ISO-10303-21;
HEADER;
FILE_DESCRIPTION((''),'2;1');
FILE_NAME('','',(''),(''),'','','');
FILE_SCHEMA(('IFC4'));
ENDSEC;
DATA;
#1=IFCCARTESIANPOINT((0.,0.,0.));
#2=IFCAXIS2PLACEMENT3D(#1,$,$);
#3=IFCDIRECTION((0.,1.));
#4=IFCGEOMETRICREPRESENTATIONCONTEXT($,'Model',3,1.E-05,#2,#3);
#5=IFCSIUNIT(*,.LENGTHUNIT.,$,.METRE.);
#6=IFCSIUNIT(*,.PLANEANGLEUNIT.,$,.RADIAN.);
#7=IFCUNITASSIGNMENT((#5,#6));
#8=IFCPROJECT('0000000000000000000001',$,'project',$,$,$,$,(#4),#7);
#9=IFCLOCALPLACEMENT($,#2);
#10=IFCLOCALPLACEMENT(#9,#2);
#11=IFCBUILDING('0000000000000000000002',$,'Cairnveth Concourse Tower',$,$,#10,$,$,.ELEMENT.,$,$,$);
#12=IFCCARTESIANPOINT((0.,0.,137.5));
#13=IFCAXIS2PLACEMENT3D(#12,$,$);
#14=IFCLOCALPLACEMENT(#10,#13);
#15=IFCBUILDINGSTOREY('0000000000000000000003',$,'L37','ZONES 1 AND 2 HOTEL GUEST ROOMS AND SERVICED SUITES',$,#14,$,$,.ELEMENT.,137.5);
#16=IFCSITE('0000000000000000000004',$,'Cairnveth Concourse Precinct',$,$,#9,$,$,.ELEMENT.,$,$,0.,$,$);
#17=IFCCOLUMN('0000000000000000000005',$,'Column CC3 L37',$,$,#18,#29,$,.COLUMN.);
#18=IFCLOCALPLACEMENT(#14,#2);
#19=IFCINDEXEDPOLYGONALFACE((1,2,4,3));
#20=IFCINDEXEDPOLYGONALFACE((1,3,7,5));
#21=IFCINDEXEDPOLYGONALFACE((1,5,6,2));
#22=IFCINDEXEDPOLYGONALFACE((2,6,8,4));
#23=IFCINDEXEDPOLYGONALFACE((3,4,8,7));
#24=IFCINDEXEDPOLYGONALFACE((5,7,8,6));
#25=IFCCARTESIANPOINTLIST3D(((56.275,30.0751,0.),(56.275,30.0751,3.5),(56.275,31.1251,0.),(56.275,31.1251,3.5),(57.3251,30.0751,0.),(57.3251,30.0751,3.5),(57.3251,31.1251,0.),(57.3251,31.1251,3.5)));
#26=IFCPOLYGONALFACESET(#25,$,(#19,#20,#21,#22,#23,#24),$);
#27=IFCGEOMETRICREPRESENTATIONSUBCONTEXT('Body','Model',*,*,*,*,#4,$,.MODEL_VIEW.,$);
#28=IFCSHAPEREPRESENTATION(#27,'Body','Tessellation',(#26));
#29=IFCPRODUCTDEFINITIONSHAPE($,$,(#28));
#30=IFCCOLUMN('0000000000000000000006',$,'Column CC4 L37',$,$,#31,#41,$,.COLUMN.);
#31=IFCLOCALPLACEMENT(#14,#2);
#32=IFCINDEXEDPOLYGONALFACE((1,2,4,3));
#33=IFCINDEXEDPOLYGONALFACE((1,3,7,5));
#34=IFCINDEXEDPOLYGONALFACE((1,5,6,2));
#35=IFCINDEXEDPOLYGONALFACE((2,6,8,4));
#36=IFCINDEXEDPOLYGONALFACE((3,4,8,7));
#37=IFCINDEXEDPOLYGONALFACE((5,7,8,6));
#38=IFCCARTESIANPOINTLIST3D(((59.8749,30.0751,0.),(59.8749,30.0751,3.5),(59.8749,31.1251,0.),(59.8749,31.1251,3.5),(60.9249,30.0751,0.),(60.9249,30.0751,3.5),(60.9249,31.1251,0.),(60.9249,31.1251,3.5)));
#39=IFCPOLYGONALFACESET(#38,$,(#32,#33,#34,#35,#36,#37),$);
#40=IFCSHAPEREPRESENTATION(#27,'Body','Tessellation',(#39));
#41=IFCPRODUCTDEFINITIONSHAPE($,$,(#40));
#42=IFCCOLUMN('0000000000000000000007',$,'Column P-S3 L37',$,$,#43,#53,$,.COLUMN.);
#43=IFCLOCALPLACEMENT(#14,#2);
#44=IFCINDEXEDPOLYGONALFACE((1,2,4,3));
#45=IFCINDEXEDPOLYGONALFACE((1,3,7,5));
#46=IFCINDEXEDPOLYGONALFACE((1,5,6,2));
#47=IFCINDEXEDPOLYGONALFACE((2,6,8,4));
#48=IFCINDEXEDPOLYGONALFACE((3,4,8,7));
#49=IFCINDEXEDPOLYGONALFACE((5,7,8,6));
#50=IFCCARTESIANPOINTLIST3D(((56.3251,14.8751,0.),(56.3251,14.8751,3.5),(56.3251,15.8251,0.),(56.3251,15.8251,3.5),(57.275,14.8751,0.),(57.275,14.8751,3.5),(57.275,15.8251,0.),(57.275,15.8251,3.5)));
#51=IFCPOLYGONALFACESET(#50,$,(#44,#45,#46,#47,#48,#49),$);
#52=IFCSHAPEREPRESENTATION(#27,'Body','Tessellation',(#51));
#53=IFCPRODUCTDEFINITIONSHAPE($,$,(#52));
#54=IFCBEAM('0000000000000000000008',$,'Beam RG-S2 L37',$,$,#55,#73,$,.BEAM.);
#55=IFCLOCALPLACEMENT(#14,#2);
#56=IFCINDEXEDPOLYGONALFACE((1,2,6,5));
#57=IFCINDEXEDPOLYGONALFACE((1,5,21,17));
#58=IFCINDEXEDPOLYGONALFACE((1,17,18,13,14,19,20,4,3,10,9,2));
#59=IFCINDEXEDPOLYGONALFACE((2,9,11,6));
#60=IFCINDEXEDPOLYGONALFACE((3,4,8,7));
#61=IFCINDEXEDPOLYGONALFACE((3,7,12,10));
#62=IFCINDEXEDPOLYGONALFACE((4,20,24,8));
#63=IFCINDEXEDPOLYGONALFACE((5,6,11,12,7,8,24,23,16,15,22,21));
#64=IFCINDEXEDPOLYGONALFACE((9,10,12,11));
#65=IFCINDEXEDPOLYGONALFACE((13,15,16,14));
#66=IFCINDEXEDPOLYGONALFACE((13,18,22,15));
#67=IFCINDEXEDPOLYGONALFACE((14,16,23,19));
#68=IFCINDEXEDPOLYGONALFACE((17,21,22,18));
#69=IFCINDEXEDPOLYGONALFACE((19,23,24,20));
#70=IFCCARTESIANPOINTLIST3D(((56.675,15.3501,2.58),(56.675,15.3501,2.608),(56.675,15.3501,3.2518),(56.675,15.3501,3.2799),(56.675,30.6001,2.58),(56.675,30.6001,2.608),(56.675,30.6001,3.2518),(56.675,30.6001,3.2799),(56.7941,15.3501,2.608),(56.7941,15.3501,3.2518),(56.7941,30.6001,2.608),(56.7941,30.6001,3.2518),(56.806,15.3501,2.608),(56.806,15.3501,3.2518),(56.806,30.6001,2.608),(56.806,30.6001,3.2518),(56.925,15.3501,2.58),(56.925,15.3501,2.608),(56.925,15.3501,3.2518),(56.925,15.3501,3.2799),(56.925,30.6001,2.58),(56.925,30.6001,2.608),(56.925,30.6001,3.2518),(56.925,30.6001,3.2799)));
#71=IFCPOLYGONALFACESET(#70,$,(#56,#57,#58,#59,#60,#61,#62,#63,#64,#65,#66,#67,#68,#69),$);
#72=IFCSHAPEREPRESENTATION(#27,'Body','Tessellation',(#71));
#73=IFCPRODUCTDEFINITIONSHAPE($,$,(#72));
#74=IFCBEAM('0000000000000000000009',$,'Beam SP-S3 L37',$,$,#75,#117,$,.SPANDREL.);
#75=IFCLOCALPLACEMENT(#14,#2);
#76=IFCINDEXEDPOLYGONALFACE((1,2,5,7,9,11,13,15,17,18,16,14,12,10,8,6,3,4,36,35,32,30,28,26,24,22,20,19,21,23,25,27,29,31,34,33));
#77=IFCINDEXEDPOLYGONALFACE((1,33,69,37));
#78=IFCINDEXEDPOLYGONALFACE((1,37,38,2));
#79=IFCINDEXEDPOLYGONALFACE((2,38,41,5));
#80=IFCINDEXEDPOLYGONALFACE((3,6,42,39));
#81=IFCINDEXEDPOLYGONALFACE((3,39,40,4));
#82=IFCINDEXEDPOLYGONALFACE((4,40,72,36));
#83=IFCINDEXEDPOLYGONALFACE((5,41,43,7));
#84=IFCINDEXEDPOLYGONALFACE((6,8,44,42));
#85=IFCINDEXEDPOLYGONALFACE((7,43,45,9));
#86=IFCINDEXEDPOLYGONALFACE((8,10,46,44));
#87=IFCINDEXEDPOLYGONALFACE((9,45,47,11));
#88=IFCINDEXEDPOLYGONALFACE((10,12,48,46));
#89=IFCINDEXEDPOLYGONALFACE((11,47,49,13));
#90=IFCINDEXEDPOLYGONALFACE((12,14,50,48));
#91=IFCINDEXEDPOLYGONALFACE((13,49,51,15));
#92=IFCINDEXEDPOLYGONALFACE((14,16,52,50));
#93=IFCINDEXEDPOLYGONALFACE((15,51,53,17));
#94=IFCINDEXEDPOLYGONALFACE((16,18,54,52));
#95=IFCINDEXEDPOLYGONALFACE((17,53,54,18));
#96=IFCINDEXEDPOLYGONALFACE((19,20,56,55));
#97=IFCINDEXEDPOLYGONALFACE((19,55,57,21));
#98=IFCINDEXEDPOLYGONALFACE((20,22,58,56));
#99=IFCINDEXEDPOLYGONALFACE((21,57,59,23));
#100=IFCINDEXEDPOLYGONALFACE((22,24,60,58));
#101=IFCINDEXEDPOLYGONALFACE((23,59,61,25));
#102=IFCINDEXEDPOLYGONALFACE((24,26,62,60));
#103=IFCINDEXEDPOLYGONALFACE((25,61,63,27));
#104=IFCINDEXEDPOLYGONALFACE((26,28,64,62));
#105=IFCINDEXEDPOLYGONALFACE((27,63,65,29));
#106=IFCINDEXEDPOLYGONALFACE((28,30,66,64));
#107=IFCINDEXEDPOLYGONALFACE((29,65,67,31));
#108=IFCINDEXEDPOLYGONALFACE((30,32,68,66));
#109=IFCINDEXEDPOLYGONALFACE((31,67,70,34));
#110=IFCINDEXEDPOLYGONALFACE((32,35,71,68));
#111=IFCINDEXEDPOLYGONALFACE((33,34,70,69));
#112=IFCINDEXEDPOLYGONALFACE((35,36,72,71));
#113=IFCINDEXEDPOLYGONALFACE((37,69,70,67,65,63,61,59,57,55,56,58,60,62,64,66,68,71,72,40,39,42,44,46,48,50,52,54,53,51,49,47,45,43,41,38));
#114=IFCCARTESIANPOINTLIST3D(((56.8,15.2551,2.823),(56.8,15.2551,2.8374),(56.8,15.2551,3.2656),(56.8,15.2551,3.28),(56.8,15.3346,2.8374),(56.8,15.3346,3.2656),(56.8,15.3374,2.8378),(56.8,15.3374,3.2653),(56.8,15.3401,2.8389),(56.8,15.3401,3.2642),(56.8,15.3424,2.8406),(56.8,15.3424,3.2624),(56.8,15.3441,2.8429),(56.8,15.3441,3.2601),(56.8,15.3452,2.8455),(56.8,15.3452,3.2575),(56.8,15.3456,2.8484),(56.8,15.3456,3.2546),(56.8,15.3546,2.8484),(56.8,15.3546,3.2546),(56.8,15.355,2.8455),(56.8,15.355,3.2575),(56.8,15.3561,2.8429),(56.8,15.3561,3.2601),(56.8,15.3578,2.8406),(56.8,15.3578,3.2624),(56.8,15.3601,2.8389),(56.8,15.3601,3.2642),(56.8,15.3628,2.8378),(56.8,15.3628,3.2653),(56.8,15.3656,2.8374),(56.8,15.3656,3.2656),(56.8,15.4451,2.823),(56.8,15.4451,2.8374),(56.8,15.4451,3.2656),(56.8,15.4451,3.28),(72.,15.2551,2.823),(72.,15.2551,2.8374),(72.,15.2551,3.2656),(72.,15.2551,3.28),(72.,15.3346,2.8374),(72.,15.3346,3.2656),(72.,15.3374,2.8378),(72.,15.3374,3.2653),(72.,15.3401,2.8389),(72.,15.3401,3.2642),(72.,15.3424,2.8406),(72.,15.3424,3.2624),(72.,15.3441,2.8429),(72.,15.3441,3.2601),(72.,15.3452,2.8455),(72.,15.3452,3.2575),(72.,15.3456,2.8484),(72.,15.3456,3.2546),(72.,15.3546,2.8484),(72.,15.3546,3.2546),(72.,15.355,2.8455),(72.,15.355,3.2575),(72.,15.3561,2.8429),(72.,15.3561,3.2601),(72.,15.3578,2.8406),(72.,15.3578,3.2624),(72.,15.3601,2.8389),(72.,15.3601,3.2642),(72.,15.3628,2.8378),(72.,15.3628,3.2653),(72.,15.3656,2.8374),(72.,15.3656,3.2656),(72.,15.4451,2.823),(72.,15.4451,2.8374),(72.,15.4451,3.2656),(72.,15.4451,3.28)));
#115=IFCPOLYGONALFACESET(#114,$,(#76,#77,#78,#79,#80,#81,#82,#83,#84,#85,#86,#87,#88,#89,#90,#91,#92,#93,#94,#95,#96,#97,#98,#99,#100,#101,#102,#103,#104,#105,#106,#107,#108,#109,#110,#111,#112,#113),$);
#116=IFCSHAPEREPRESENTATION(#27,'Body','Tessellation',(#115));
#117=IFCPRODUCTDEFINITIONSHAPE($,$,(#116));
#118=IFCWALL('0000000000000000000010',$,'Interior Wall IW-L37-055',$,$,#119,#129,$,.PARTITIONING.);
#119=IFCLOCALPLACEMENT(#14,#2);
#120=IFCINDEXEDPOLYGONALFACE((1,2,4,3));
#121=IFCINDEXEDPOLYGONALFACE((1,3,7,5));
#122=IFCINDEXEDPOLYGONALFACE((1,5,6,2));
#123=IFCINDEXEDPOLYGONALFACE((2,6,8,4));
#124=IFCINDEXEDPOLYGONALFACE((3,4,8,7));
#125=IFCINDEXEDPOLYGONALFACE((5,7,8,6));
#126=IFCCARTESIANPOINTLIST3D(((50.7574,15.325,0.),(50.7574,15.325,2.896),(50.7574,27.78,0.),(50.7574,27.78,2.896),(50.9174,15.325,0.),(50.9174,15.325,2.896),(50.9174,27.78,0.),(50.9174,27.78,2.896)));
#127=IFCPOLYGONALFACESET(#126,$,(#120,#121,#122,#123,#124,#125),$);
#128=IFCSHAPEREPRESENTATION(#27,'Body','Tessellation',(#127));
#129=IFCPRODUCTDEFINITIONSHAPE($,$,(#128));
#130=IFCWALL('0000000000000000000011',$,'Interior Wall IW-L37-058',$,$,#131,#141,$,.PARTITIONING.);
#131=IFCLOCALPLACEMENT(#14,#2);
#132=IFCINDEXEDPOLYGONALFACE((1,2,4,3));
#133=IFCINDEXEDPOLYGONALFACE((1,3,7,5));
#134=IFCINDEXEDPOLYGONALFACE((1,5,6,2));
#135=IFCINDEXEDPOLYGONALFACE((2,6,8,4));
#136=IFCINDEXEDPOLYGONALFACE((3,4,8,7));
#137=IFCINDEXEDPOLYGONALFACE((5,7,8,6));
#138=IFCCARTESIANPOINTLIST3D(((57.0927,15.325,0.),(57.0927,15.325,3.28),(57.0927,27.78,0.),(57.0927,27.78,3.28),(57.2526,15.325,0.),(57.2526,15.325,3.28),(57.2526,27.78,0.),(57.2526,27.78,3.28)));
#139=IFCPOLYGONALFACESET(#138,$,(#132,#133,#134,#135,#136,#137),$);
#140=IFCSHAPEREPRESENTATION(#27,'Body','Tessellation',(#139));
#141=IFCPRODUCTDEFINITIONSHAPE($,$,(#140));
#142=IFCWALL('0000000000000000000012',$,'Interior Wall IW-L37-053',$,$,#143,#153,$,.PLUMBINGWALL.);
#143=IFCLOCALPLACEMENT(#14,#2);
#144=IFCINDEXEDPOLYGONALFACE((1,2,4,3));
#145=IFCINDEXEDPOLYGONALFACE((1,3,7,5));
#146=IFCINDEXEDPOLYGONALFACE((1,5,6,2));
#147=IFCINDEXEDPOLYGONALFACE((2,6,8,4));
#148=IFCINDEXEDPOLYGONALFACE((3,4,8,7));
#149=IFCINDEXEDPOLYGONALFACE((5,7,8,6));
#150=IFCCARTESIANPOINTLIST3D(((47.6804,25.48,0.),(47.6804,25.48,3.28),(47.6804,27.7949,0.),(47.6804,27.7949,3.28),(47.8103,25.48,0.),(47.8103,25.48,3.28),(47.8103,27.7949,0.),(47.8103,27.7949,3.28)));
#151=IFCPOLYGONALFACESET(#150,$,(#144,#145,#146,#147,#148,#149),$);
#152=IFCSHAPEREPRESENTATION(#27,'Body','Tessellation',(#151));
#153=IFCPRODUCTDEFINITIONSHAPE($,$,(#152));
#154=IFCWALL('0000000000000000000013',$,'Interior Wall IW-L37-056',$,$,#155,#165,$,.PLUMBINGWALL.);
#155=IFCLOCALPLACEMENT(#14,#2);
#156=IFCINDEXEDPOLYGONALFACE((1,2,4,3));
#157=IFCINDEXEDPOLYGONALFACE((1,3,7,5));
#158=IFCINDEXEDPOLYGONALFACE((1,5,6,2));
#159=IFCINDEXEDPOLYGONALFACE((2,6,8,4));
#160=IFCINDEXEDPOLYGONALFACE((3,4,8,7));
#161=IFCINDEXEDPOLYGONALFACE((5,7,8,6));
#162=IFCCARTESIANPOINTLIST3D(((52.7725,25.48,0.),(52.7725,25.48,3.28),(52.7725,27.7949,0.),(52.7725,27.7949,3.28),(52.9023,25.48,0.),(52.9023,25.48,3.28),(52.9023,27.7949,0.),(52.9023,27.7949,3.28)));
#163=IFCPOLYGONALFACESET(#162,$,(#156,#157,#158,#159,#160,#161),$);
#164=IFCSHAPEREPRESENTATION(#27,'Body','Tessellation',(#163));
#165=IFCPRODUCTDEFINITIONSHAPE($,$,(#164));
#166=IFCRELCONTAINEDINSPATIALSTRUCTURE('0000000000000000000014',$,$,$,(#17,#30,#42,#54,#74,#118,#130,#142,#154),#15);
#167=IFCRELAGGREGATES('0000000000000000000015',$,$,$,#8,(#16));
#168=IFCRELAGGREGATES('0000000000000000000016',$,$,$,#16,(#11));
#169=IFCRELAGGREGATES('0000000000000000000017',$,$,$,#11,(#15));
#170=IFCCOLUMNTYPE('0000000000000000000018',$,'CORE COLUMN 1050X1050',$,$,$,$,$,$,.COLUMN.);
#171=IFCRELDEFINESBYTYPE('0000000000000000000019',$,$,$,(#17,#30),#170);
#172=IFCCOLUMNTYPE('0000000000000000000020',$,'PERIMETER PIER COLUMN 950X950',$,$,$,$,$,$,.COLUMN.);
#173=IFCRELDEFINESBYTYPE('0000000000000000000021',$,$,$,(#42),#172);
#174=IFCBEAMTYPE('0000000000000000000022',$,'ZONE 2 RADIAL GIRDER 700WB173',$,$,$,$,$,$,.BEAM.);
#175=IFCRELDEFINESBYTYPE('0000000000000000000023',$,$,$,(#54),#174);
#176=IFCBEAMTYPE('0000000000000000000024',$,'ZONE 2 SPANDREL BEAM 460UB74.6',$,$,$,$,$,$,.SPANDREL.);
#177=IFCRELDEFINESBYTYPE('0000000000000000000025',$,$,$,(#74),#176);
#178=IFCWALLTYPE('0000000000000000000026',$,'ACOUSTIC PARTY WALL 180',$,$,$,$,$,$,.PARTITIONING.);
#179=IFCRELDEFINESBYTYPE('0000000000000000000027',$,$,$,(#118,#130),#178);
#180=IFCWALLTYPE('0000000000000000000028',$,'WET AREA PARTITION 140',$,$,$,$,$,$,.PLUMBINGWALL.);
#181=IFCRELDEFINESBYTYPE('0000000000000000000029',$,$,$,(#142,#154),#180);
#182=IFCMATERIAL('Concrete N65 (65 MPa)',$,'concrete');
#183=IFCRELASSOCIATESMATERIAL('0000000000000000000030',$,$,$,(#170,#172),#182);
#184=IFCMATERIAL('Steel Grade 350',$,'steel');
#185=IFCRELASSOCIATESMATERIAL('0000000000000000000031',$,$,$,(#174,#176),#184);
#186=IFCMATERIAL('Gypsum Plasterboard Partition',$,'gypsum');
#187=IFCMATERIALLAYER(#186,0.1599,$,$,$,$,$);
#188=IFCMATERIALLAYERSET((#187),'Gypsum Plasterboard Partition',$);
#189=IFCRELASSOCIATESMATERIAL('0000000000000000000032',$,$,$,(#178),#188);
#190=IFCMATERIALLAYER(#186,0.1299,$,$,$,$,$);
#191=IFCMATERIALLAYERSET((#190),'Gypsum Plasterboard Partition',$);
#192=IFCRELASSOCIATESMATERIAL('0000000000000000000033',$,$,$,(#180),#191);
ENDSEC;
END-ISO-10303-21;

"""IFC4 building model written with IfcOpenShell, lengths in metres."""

from ifc_helpers import new_model, si_unit, direction, frame, frame_2d, origin, origin_2d, place, context, subcontext, project, spatial, rectangle, i_section, extrude, material, layer, layer_set, material_profile, profile_set, type_object, element, save


model = new_model("IFC4")

# Units and contexts
model_context = context("Model", 3, precision=1e-05, world=origin(), true_north=direction((0.0, 1.0)))
body_context = subcontext(model_context, "Body", "Model", "MODEL_VIEW")
ifc_project = project(units=[si_unit("LENGTHUNIT", "METRE"), si_unit("PLANEANGLEUNIT", "RADIAN")], contexts=[model_context])

# Site, building, storey
site_placement = place(None, origin())
site = spatial("IfcSite", under=ifc_project, at=site_placement, Name="Cairnveth Concourse Precinct", CompositionType="ELEMENT", RefElevation=0.0)
building_placement = place(site_placement, origin())
building = spatial("IfcBuilding", under=site, at=building_placement, Name="Cairnveth Concourse Tower", CompositionType="ELEMENT")
storey_placement = place(building_placement, frame((0.0, 0.0, 137.5)))
storey = spatial("IfcBuildingStorey", under=building, at=storey_placement, Name="L37", Description="ZONES 1 AND 2 HOTEL GUEST ROOMS AND SERVICED SUITES", CompositionType="ELEMENT", Elevation=137.5)

# Columns
ifc_material_1 = material(Name="Concrete N65 (65 MPa)", Category="concrete")
ifc_material_profile_1 = material_profile(ifc_material_1, rectangle(XDim=1.05, YDim=1.05, at=origin_2d()), Name="RC-COL-1050x1050")
ifc_profile_set_1 = profile_set([ifc_material_profile_1], Name="Concrete N65 (65 MPa)")
column_type_1 = type_object("IfcColumnType", Name="CORE COLUMN 1050X1050", PredefinedType="COLUMN", material=ifc_profile_set_1)
for number, where, z_axis, x_axis, name in (
    (1, (56.8, 30.6001, 0.0), (0.0, 0.0, 1.0), (1.0, 0.0, 0.0), "Column CC3 L37"),
    (2, (60.3999, 30.6001, 0.0), (0.0, 0.0, 1.0), (1.0, 0.0, 0.0), "Column CC4 L37"),
):
    element("IfcColumn", number, at=place(storey_placement, frame(where, z_axis=z_axis, x_axis=x_axis)), inside=storey, type_object=column_type_1, Name=name, PredefinedType="COLUMN", context=body_context, shape_type="SweptSolid", body=[
        extrude(rectangle(XDim=1.05, YDim=1.05, at=origin_2d()), origin(), (0.0, 0.0, 1.0), 3.5),
    ])
ifc_material_profile_2 = material_profile(ifc_material_1, rectangle(XDim=0.95, YDim=0.95, at=origin_2d()), Name="RC-COL-950x950")
ifc_profile_set_2 = profile_set([ifc_material_profile_2], Name="Concrete N65 (65 MPa)")
column_type_2 = type_object("IfcColumnType", Name="PERIMETER PIER COLUMN 950X950", PredefinedType="COLUMN", material=ifc_profile_set_2)
column_placement = place(storey_placement, frame((56.8, 15.3501, 0.0), z_axis=(0.0, 0.0, 1.0), x_axis=(1.0, 0.0, 0.0)))
element("IfcColumn", 3, at=column_placement, inside=storey, type_object=column_type_2, Name="Column P-S3 L37", PredefinedType="COLUMN", context=body_context, shape_type="SweptSolid", body=[
    extrude(rectangle(XDim=0.95, YDim=0.95, at=origin_2d()), origin(), (0.0, 0.0, 1.0), 3.5),
])

# Beams
ifc_material_2 = material(Name="Steel Grade 350", Category="steel")
ifc_material_profile_3 = material_profile(ifc_material_2, i_section(OverallWidth=0.25, OverallDepth=0.7, WebThickness=0.012, FlangeThickness=0.0281, at=origin_2d()), Name="700WB173")
ifc_profile_set_3 = profile_set([ifc_material_profile_3], Name="Steel Grade 350")
beam_type_1 = type_object("IfcBeamType", Name="ZONE 2 RADIAL GIRDER 700WB173", PredefinedType="BEAM", material=ifc_profile_set_3)
beam_1_placement = place(storey_placement, frame((56.8, 15.3501, 2.9299), z_axis=(0.0, 1.0, 0.0), x_axis=(-1.0, 0.0, 0.0)))
element("IfcBeam", 4, at=beam_1_placement, inside=storey, type_object=beam_type_1, Name="Beam RG-S2 L37", PredefinedType="BEAM", context=body_context, shape_type="SweptSolid", body=[
    extrude(i_section(OverallWidth=0.25, OverallDepth=0.7, WebThickness=0.012, FlangeThickness=0.0281, at=origin_2d()), origin(), (0.0, 0.0, 1.0), 15.25),
])
ifc_material_profile_4 = material_profile(ifc_material_2, i_section(OverallWidth=0.1899, OverallDepth=0.457, WebThickness=0.009, FlangeThickness=0.0144, FilletRadius=0.011, at=origin_2d()), Name="460UB74.6")
ifc_profile_set_4 = profile_set([ifc_material_profile_4], Name="Steel Grade 350")
beam_type_2 = type_object("IfcBeamType", Name="ZONE 2 SPANDREL BEAM 460UB74.6", PredefinedType="SPANDREL", material=ifc_profile_set_4)
beam_2_placement = place(storey_placement, frame((56.8, 15.3501, 3.0515), z_axis=(1.0, 0.0, 0.0), x_axis=(0.0, 1.0, 0.0)))
element("IfcBeam", 5, at=beam_2_placement, inside=storey, type_object=beam_type_2, Name="Beam SP-S3 L37", PredefinedType="SPANDREL", context=body_context, shape_type="SweptSolid", body=[
    extrude(i_section(OverallWidth=0.1899, OverallDepth=0.457, WebThickness=0.009, FlangeThickness=0.0144, FilletRadius=0.011, at=origin_2d()), origin(), (0.0, 0.0, 1.0), 15.2),
])

# Walls
ifc_material_3 = material(Name="Gypsum Plasterboard Partition", Category="gypsum")
ifc_layer_1 = layer(ifc_material_3, 0.1599)
ifc_layer_set_1 = layer_set([ifc_layer_1], Name="Gypsum Plasterboard Partition")
wall_type_1 = type_object("IfcWallType", Name="ACOUSTIC PARTY WALL 180", PredefinedType="PARTITIONING", material=ifc_layer_set_1)
wall_1_placement = place(storey_placement, frame((50.8374, 15.325, 0.0), z_axis=(0.0, 0.0, 1.0), x_axis=(0.0, 1.0, 0.0)))
element("IfcWall", 6, at=wall_1_placement, inside=storey, type_object=wall_type_1, Name="Interior Wall IW-L37-055", PredefinedType="PARTITIONING", context=body_context, shape_type="SweptSolid", body=[
    extrude(rectangle(XDim=12.4551, YDim=0.1599, at=frame_2d((6.2275, 0.0))), origin(), (0.0, 0.0, 1.0), 2.896),
])
wall_2_placement = place(storey_placement, frame((57.1726, 15.325, 0.0), z_axis=(0.0, 0.0, 1.0), x_axis=(0.0, 1.0, 0.0)))
element("IfcWall", 7, at=wall_2_placement, inside=storey, type_object=wall_type_1, Name="Interior Wall IW-L37-058", PredefinedType="PARTITIONING", context=body_context, shape_type="SweptSolid", body=[
    extrude(rectangle(XDim=12.4551, YDim=0.1599, at=frame_2d((6.2275, 0.0))), origin(), (0.0, 0.0, 1.0), 3.28),
])
ifc_layer_2 = layer(ifc_material_3, 0.1299)
ifc_layer_set_2 = layer_set([ifc_layer_2], Name="Gypsum Plasterboard Partition")
wall_type_2 = type_object("IfcWallType", Name="WET AREA PARTITION 140", PredefinedType="PLUMBINGWALL", material=ifc_layer_set_2)
for number, where, z_axis, x_axis, name in (
    (8, (47.7454, 25.48, 0.0), (0.0, 0.0, 1.0), (0.0, 1.0, 0.0), "Interior Wall IW-L37-053"),
    (9, (52.8374, 25.48, 0.0), (0.0, 0.0, 1.0), (0.0, 1.0, 0.0), "Interior Wall IW-L37-056"),
):
    element("IfcWall", number, at=place(storey_placement, frame(where, z_axis=z_axis, x_axis=x_axis)), inside=storey, type_object=wall_type_2, Name=name, PredefinedType="PLUMBINGWALL", context=body_context, shape_type="SweptSolid", body=[
        extrude(rectangle(XDim=2.3149, YDim=0.1299, at=frame_2d((1.1575, 0.0))), origin(), (0.0, 0.0, 1.0), 3.28),
    ])

save(model, "model.ifc")
